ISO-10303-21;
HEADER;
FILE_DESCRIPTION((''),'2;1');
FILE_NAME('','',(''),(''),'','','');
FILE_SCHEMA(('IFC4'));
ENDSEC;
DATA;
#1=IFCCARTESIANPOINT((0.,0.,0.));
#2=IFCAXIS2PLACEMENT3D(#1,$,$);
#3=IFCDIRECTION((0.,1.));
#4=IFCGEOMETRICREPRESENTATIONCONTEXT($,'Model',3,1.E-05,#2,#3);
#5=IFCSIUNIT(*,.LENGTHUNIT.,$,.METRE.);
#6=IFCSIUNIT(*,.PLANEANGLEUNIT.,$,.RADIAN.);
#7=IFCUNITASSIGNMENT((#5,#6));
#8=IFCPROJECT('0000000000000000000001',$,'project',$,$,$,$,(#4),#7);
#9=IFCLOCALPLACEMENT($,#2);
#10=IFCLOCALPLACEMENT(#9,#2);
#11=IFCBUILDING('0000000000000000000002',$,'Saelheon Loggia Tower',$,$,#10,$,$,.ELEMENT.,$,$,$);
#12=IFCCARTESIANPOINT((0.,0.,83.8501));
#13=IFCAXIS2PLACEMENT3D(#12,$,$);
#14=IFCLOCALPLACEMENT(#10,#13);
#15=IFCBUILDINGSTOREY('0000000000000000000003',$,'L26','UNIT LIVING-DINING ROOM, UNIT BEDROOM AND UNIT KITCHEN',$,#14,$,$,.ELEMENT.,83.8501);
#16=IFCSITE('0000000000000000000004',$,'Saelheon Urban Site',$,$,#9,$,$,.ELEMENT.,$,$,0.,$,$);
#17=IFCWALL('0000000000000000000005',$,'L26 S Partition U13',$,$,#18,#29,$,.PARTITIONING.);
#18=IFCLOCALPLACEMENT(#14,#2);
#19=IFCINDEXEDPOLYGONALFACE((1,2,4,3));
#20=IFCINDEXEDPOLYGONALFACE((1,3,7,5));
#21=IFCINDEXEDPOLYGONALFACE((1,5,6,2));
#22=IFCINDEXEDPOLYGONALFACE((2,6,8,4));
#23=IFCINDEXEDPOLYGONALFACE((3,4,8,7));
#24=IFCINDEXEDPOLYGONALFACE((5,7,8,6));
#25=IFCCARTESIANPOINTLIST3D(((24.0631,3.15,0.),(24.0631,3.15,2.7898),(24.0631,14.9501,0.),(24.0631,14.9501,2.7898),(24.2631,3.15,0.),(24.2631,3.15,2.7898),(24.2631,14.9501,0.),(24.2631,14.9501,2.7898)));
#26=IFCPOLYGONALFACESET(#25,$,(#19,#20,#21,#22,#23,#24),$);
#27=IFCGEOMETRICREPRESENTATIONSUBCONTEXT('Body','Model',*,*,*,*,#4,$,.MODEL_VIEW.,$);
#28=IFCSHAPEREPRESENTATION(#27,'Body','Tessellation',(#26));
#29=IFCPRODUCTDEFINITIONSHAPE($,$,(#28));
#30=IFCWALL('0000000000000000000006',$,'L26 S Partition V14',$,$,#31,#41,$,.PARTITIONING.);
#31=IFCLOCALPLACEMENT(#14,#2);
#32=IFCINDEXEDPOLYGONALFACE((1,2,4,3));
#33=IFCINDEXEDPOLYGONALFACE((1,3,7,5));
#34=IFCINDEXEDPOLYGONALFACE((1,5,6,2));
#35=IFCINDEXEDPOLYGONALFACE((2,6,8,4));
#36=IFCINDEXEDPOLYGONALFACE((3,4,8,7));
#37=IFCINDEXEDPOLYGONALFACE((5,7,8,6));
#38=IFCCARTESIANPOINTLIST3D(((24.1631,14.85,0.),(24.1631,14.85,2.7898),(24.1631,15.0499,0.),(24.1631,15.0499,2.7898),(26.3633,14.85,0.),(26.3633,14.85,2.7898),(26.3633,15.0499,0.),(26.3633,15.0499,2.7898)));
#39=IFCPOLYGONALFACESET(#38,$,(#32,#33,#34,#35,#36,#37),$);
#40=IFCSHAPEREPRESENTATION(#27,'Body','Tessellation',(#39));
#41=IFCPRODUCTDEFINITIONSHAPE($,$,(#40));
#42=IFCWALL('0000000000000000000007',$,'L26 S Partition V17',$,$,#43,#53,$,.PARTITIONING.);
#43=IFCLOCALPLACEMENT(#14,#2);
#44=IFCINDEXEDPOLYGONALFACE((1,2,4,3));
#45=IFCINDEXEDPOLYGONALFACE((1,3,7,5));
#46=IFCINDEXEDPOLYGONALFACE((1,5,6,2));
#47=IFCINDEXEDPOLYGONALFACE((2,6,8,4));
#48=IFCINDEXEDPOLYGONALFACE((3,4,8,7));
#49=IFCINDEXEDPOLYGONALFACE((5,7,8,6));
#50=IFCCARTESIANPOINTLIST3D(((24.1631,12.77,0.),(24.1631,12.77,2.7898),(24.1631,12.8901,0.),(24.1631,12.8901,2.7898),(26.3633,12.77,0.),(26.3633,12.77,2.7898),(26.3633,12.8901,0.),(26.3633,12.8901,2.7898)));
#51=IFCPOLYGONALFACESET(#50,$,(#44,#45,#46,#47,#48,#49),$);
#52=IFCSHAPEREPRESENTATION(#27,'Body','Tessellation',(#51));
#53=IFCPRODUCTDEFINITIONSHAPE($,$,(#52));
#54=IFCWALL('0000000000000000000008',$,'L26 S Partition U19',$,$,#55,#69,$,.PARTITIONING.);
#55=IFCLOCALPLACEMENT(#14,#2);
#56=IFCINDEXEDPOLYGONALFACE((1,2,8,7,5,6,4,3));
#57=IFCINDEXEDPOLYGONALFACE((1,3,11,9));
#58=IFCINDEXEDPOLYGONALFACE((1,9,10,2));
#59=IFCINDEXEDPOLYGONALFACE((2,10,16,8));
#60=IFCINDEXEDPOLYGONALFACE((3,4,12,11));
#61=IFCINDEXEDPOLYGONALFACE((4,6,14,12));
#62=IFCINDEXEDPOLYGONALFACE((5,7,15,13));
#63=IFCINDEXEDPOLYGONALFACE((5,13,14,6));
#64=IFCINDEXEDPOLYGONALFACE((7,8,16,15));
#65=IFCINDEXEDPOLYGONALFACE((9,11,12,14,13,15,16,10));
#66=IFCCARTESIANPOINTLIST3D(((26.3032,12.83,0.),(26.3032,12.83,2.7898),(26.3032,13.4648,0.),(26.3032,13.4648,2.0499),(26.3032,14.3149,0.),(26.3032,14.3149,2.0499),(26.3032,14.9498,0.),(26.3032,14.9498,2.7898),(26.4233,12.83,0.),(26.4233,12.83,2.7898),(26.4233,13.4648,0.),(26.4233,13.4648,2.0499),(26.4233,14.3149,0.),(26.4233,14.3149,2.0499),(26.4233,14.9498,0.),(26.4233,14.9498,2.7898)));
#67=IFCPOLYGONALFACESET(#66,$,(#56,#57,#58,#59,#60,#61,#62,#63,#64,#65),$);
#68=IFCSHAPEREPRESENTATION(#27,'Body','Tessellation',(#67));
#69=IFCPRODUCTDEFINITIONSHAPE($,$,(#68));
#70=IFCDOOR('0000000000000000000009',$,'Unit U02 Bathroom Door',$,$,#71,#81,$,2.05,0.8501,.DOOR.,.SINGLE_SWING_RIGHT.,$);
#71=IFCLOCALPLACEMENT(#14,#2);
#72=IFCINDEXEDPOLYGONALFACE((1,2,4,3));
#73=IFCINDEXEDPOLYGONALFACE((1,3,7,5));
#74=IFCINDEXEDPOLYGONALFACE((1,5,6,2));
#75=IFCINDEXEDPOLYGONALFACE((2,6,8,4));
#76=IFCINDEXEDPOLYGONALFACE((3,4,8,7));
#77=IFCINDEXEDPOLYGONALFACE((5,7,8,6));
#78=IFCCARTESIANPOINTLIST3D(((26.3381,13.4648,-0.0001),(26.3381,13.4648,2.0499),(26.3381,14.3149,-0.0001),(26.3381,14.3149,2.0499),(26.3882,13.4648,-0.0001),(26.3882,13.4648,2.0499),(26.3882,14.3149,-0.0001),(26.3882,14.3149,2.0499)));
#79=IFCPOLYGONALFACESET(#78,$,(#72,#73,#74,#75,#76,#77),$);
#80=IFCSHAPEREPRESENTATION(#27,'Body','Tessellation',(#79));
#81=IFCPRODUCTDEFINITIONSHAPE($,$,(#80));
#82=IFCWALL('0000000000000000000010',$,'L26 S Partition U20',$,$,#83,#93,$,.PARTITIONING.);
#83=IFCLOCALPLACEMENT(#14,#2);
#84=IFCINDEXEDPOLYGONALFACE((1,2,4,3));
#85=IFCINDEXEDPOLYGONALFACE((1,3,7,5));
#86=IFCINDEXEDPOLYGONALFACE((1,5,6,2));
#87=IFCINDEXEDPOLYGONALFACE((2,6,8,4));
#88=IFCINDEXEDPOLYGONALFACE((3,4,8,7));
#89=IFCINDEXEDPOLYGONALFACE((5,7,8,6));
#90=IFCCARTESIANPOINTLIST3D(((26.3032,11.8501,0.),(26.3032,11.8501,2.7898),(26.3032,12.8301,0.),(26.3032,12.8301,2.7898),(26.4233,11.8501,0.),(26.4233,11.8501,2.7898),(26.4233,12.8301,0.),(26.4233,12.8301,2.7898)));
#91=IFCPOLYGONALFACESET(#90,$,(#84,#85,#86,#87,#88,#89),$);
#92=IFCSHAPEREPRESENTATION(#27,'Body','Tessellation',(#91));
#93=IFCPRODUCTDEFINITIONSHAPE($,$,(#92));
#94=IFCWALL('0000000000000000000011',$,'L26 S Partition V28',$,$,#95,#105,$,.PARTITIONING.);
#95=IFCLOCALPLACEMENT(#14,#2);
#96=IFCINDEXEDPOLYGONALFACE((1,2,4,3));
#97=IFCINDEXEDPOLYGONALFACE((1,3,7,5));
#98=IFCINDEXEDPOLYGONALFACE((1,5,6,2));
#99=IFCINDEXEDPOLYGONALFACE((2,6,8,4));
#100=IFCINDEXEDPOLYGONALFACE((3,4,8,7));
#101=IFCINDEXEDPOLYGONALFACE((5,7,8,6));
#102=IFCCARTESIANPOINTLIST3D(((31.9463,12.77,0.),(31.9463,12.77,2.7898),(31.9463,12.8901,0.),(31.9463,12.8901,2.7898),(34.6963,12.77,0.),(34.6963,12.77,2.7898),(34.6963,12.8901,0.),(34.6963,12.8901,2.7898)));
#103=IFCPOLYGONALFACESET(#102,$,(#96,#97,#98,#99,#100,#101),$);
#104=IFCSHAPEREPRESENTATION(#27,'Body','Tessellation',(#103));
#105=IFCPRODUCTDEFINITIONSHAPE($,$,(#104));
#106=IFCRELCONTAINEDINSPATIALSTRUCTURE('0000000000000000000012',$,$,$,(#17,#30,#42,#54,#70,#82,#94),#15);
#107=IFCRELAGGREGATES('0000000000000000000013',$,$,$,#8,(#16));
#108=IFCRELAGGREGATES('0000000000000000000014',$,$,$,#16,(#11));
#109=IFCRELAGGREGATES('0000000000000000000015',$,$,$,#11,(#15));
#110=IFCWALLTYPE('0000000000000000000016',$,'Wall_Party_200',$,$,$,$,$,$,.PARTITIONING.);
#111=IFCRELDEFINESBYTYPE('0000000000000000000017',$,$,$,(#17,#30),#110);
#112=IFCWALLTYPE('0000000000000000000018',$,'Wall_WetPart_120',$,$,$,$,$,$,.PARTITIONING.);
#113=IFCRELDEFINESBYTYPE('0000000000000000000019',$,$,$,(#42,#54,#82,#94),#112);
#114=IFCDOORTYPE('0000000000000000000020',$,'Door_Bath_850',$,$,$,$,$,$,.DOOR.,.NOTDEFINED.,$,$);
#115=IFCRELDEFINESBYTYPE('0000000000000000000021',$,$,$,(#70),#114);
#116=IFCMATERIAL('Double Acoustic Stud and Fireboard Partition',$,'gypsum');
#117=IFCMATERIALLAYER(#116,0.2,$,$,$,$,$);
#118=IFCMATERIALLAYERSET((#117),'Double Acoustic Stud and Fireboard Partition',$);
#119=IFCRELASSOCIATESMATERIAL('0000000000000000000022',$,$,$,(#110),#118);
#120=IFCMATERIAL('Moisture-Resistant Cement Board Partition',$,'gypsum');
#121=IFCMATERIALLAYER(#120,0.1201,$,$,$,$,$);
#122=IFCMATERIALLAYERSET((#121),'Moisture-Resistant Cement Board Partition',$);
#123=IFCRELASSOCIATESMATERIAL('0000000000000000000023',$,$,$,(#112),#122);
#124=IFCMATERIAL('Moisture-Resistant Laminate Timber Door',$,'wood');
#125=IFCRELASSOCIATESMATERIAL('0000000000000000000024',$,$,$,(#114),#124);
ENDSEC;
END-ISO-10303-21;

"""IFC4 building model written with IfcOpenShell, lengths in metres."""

from ifc_helpers import new_model, si_unit, direction, frame, frame_2d, origin, place, context, subcontext, project, spatial, rectangle, extrude, source, transform, mapped, material, layer, layer_set, type_object, element, fill, save


model = new_model("IFC4")

# Units and contexts
model_context = context("Model", 3, precision=1e-05, world=origin(), true_north=direction((0.0, 1.0)))
body_context = subcontext(model_context, "Body", "Model", "MODEL_VIEW")
ifc_project = project(units=[si_unit("LENGTHUNIT", "METRE"), si_unit("PLANEANGLEUNIT", "RADIAN")], contexts=[model_context])

# Site, building, storey
site_placement = place(None, origin())
site = spatial("IfcSite", under=ifc_project, at=site_placement, Name="Saelheon Urban Site", CompositionType="ELEMENT", RefElevation=0.0)
building_placement = place(site_placement, origin())
building = spatial("IfcBuilding", under=site, at=building_placement, Name="Saelheon Loggia Tower", CompositionType="ELEMENT")
storey_placement = place(building_placement, frame((0.0, 0.0, 83.8501)))
storey = spatial("IfcBuildingStorey", under=building, at=storey_placement, Name="L26", Description="UNIT LIVING-DINING ROOM, UNIT BEDROOM AND UNIT KITCHEN", CompositionType="ELEMENT", Elevation=83.8501)

# Walls
ifc_material_1 = material(Name="Double Acoustic Stud and Fireboard Partition", Category="gypsum")
ifc_layer_1 = layer(ifc_material_1, 0.2)
ifc_layer_set_1 = layer_set([ifc_layer_1], Name="Double Acoustic Stud and Fireboard Partition")
wall_type_1 = type_object("IfcWallType", Name="Wall_Party_200", PredefinedType="PARTITIONING", material=ifc_layer_set_1)
wall_1_placement = place(storey_placement, frame((24.1631, 14.95, 0.0), z_axis=(0.0, 0.0, 1.0), x_axis=(0.0, -1.0, 0.0)))
element("IfcWall", 1, at=wall_1_placement, inside=storey, type_object=wall_type_1, Name="L26 S Partition U13", PredefinedType="PARTITIONING", context=body_context, shape_type="SweptSolid", body=[
    extrude(rectangle(XDim=11.8, YDim=0.2, at=frame_2d((5.8999, 0.0))), origin(), (0.0, 0.0, 1.0), 2.7898),
])
wall_2_placement = place(storey_placement, frame((24.1631, 14.95, 0.0), z_axis=(0.0, 0.0, 1.0), x_axis=(1.0, 0.0, 0.0)))
element("IfcWall", 2, at=wall_2_placement, inside=storey, type_object=wall_type_1, Name="L26 S Partition V14", PredefinedType="PARTITIONING", context=body_context, shape_type="SweptSolid", body=[
    extrude(rectangle(XDim=2.2002, YDim=0.2, at=frame_2d((1.1001, 0.0))), origin(), (0.0, 0.0, 1.0), 2.7898),
])

# Wall
ifc_material_2 = material(Name="Moisture-Resistant Cement Board Partition", Category="gypsum")
ifc_layer_2 = layer(ifc_material_2, 0.1201)
ifc_layer_set_2 = layer_set([ifc_layer_2], Name="Moisture-Resistant Cement Board Partition")
wall_type_2 = type_object("IfcWallType", Name="Wall_WetPart_120", PredefinedType="PARTITIONING", material=ifc_layer_set_2)
wall_3_placement = place(storey_placement, frame((24.1631, 12.8301, 0.0), z_axis=(0.0, 0.0, 1.0), x_axis=(1.0, 0.0, 0.0)))
element("IfcWall", 3, at=wall_3_placement, inside=storey, type_object=wall_type_2, Name="L26 S Partition V17", PredefinedType="PARTITIONING", context=body_context, shape_type="SweptSolid", body=[
    extrude(rectangle(XDim=2.2002, YDim=0.1201, at=frame_2d((1.1001, 0.0))), origin(), (0.0, 0.0, 1.0), 2.7898),
])

# Wall, opening, door
wall_4_placement = place(storey_placement, frame((26.3633, 14.95, 0.0), z_axis=(0.0, 0.0, 1.0), x_axis=(0.0, -1.0, 0.0)))
wall_4 = element("IfcWall", 4, at=wall_4_placement, inside=storey, type_object=wall_type_2, Name="L26 S Partition U19", PredefinedType="PARTITIONING", context=body_context, shape_type="SweptSolid", body=[
    extrude(rectangle(XDim=2.1199, YDim=0.1201, at=frame_2d((1.0601, 0.0))), origin(), (0.0, 0.0, 1.0), 2.7898),
])
opening_1_placement = place(wall_4_placement, frame((0.635, 0.0, 0.0)))
opening_1 = element("IfcOpeningElement", 5, at=opening_1_placement, cuts=wall_4, PredefinedType="OPENING", context=body_context, shape_type="SweptSolid", body=[
    extrude(rectangle(XDim=0.8501, YDim=2.05, at=frame_2d((0.425, 1.0249))), frame((0.0, 0.072, 0.0), z_axis=(0.0, -1.0, 0.0), x_axis=(1.0, 0.0, 0.0)), (0.0, 0.0, 1.0), 0.144),
])
ifc_material_3 = material(Name="Moisture-Resistant Laminate Timber Door", Category="wood")
door_type_1 = type_object("IfcDoorType", Name="Door_Bath_850", OperationType="NOTDEFINED", PredefinedType="DOOR", material=ifc_material_3)
shared_shape_1 = source(origin(), body_context, "Body", "SweptSolid", [
    extrude(rectangle(XDim=0.8501, YDim=2.05, at=frame_2d((0.425, 1.0249))), frame((0.0, 0.0249, 0.0), z_axis=(0.0, -1.0, 0.0), x_axis=(1.0, 0.0, 0.0)), (0.0, 0.0, 1.0), 0.05),
])
door_1_placement = place(opening_1_placement, origin())
door_1 = element("IfcDoor", 6, at=door_1_placement, inside=storey, type_object=door_type_1, Name="Unit U02 Bathroom Door", OperationType="SINGLE_SWING_RIGHT", OverallHeight=2.05, OverallWidth=0.8501, PredefinedType="DOOR", context=body_context, shape_type="MappedRepresentation", body=[
    mapped(shared_shape_1, transform((0.0, 0.0, 0.0), scale=1.0)),
])
fill(opening_1, door_1)

# Walls
wall_5_placement = place(storey_placement, frame((26.3633, 12.8301, 0.0), z_axis=(0.0, 0.0, 1.0), x_axis=(0.0, -1.0, 0.0)))
element("IfcWall", 7, at=wall_5_placement, inside=storey, type_object=wall_type_2, Name="L26 S Partition U20", PredefinedType="PARTITIONING", context=body_context, shape_type="SweptSolid", body=[
    extrude(rectangle(XDim=0.98, YDim=0.1201, at=frame_2d((0.49, 0.0))), origin(), (0.0, 0.0, 1.0), 2.7898),
])
wall_6_placement = place(storey_placement, frame((31.9463, 12.8301, 0.0), z_axis=(0.0, 0.0, 1.0), x_axis=(1.0, 0.0, 0.0)))
element("IfcWall", 8, at=wall_6_placement, inside=storey, type_object=wall_type_2, Name="L26 S Partition V28", PredefinedType="PARTITIONING", context=body_context, shape_type="SweptSolid", body=[
    extrude(rectangle(XDim=2.75, YDim=0.1201, at=frame_2d((1.375, 0.0))), origin(), (0.0, 0.0, 1.0), 2.7898),
])

save(model, "model.ifc")
